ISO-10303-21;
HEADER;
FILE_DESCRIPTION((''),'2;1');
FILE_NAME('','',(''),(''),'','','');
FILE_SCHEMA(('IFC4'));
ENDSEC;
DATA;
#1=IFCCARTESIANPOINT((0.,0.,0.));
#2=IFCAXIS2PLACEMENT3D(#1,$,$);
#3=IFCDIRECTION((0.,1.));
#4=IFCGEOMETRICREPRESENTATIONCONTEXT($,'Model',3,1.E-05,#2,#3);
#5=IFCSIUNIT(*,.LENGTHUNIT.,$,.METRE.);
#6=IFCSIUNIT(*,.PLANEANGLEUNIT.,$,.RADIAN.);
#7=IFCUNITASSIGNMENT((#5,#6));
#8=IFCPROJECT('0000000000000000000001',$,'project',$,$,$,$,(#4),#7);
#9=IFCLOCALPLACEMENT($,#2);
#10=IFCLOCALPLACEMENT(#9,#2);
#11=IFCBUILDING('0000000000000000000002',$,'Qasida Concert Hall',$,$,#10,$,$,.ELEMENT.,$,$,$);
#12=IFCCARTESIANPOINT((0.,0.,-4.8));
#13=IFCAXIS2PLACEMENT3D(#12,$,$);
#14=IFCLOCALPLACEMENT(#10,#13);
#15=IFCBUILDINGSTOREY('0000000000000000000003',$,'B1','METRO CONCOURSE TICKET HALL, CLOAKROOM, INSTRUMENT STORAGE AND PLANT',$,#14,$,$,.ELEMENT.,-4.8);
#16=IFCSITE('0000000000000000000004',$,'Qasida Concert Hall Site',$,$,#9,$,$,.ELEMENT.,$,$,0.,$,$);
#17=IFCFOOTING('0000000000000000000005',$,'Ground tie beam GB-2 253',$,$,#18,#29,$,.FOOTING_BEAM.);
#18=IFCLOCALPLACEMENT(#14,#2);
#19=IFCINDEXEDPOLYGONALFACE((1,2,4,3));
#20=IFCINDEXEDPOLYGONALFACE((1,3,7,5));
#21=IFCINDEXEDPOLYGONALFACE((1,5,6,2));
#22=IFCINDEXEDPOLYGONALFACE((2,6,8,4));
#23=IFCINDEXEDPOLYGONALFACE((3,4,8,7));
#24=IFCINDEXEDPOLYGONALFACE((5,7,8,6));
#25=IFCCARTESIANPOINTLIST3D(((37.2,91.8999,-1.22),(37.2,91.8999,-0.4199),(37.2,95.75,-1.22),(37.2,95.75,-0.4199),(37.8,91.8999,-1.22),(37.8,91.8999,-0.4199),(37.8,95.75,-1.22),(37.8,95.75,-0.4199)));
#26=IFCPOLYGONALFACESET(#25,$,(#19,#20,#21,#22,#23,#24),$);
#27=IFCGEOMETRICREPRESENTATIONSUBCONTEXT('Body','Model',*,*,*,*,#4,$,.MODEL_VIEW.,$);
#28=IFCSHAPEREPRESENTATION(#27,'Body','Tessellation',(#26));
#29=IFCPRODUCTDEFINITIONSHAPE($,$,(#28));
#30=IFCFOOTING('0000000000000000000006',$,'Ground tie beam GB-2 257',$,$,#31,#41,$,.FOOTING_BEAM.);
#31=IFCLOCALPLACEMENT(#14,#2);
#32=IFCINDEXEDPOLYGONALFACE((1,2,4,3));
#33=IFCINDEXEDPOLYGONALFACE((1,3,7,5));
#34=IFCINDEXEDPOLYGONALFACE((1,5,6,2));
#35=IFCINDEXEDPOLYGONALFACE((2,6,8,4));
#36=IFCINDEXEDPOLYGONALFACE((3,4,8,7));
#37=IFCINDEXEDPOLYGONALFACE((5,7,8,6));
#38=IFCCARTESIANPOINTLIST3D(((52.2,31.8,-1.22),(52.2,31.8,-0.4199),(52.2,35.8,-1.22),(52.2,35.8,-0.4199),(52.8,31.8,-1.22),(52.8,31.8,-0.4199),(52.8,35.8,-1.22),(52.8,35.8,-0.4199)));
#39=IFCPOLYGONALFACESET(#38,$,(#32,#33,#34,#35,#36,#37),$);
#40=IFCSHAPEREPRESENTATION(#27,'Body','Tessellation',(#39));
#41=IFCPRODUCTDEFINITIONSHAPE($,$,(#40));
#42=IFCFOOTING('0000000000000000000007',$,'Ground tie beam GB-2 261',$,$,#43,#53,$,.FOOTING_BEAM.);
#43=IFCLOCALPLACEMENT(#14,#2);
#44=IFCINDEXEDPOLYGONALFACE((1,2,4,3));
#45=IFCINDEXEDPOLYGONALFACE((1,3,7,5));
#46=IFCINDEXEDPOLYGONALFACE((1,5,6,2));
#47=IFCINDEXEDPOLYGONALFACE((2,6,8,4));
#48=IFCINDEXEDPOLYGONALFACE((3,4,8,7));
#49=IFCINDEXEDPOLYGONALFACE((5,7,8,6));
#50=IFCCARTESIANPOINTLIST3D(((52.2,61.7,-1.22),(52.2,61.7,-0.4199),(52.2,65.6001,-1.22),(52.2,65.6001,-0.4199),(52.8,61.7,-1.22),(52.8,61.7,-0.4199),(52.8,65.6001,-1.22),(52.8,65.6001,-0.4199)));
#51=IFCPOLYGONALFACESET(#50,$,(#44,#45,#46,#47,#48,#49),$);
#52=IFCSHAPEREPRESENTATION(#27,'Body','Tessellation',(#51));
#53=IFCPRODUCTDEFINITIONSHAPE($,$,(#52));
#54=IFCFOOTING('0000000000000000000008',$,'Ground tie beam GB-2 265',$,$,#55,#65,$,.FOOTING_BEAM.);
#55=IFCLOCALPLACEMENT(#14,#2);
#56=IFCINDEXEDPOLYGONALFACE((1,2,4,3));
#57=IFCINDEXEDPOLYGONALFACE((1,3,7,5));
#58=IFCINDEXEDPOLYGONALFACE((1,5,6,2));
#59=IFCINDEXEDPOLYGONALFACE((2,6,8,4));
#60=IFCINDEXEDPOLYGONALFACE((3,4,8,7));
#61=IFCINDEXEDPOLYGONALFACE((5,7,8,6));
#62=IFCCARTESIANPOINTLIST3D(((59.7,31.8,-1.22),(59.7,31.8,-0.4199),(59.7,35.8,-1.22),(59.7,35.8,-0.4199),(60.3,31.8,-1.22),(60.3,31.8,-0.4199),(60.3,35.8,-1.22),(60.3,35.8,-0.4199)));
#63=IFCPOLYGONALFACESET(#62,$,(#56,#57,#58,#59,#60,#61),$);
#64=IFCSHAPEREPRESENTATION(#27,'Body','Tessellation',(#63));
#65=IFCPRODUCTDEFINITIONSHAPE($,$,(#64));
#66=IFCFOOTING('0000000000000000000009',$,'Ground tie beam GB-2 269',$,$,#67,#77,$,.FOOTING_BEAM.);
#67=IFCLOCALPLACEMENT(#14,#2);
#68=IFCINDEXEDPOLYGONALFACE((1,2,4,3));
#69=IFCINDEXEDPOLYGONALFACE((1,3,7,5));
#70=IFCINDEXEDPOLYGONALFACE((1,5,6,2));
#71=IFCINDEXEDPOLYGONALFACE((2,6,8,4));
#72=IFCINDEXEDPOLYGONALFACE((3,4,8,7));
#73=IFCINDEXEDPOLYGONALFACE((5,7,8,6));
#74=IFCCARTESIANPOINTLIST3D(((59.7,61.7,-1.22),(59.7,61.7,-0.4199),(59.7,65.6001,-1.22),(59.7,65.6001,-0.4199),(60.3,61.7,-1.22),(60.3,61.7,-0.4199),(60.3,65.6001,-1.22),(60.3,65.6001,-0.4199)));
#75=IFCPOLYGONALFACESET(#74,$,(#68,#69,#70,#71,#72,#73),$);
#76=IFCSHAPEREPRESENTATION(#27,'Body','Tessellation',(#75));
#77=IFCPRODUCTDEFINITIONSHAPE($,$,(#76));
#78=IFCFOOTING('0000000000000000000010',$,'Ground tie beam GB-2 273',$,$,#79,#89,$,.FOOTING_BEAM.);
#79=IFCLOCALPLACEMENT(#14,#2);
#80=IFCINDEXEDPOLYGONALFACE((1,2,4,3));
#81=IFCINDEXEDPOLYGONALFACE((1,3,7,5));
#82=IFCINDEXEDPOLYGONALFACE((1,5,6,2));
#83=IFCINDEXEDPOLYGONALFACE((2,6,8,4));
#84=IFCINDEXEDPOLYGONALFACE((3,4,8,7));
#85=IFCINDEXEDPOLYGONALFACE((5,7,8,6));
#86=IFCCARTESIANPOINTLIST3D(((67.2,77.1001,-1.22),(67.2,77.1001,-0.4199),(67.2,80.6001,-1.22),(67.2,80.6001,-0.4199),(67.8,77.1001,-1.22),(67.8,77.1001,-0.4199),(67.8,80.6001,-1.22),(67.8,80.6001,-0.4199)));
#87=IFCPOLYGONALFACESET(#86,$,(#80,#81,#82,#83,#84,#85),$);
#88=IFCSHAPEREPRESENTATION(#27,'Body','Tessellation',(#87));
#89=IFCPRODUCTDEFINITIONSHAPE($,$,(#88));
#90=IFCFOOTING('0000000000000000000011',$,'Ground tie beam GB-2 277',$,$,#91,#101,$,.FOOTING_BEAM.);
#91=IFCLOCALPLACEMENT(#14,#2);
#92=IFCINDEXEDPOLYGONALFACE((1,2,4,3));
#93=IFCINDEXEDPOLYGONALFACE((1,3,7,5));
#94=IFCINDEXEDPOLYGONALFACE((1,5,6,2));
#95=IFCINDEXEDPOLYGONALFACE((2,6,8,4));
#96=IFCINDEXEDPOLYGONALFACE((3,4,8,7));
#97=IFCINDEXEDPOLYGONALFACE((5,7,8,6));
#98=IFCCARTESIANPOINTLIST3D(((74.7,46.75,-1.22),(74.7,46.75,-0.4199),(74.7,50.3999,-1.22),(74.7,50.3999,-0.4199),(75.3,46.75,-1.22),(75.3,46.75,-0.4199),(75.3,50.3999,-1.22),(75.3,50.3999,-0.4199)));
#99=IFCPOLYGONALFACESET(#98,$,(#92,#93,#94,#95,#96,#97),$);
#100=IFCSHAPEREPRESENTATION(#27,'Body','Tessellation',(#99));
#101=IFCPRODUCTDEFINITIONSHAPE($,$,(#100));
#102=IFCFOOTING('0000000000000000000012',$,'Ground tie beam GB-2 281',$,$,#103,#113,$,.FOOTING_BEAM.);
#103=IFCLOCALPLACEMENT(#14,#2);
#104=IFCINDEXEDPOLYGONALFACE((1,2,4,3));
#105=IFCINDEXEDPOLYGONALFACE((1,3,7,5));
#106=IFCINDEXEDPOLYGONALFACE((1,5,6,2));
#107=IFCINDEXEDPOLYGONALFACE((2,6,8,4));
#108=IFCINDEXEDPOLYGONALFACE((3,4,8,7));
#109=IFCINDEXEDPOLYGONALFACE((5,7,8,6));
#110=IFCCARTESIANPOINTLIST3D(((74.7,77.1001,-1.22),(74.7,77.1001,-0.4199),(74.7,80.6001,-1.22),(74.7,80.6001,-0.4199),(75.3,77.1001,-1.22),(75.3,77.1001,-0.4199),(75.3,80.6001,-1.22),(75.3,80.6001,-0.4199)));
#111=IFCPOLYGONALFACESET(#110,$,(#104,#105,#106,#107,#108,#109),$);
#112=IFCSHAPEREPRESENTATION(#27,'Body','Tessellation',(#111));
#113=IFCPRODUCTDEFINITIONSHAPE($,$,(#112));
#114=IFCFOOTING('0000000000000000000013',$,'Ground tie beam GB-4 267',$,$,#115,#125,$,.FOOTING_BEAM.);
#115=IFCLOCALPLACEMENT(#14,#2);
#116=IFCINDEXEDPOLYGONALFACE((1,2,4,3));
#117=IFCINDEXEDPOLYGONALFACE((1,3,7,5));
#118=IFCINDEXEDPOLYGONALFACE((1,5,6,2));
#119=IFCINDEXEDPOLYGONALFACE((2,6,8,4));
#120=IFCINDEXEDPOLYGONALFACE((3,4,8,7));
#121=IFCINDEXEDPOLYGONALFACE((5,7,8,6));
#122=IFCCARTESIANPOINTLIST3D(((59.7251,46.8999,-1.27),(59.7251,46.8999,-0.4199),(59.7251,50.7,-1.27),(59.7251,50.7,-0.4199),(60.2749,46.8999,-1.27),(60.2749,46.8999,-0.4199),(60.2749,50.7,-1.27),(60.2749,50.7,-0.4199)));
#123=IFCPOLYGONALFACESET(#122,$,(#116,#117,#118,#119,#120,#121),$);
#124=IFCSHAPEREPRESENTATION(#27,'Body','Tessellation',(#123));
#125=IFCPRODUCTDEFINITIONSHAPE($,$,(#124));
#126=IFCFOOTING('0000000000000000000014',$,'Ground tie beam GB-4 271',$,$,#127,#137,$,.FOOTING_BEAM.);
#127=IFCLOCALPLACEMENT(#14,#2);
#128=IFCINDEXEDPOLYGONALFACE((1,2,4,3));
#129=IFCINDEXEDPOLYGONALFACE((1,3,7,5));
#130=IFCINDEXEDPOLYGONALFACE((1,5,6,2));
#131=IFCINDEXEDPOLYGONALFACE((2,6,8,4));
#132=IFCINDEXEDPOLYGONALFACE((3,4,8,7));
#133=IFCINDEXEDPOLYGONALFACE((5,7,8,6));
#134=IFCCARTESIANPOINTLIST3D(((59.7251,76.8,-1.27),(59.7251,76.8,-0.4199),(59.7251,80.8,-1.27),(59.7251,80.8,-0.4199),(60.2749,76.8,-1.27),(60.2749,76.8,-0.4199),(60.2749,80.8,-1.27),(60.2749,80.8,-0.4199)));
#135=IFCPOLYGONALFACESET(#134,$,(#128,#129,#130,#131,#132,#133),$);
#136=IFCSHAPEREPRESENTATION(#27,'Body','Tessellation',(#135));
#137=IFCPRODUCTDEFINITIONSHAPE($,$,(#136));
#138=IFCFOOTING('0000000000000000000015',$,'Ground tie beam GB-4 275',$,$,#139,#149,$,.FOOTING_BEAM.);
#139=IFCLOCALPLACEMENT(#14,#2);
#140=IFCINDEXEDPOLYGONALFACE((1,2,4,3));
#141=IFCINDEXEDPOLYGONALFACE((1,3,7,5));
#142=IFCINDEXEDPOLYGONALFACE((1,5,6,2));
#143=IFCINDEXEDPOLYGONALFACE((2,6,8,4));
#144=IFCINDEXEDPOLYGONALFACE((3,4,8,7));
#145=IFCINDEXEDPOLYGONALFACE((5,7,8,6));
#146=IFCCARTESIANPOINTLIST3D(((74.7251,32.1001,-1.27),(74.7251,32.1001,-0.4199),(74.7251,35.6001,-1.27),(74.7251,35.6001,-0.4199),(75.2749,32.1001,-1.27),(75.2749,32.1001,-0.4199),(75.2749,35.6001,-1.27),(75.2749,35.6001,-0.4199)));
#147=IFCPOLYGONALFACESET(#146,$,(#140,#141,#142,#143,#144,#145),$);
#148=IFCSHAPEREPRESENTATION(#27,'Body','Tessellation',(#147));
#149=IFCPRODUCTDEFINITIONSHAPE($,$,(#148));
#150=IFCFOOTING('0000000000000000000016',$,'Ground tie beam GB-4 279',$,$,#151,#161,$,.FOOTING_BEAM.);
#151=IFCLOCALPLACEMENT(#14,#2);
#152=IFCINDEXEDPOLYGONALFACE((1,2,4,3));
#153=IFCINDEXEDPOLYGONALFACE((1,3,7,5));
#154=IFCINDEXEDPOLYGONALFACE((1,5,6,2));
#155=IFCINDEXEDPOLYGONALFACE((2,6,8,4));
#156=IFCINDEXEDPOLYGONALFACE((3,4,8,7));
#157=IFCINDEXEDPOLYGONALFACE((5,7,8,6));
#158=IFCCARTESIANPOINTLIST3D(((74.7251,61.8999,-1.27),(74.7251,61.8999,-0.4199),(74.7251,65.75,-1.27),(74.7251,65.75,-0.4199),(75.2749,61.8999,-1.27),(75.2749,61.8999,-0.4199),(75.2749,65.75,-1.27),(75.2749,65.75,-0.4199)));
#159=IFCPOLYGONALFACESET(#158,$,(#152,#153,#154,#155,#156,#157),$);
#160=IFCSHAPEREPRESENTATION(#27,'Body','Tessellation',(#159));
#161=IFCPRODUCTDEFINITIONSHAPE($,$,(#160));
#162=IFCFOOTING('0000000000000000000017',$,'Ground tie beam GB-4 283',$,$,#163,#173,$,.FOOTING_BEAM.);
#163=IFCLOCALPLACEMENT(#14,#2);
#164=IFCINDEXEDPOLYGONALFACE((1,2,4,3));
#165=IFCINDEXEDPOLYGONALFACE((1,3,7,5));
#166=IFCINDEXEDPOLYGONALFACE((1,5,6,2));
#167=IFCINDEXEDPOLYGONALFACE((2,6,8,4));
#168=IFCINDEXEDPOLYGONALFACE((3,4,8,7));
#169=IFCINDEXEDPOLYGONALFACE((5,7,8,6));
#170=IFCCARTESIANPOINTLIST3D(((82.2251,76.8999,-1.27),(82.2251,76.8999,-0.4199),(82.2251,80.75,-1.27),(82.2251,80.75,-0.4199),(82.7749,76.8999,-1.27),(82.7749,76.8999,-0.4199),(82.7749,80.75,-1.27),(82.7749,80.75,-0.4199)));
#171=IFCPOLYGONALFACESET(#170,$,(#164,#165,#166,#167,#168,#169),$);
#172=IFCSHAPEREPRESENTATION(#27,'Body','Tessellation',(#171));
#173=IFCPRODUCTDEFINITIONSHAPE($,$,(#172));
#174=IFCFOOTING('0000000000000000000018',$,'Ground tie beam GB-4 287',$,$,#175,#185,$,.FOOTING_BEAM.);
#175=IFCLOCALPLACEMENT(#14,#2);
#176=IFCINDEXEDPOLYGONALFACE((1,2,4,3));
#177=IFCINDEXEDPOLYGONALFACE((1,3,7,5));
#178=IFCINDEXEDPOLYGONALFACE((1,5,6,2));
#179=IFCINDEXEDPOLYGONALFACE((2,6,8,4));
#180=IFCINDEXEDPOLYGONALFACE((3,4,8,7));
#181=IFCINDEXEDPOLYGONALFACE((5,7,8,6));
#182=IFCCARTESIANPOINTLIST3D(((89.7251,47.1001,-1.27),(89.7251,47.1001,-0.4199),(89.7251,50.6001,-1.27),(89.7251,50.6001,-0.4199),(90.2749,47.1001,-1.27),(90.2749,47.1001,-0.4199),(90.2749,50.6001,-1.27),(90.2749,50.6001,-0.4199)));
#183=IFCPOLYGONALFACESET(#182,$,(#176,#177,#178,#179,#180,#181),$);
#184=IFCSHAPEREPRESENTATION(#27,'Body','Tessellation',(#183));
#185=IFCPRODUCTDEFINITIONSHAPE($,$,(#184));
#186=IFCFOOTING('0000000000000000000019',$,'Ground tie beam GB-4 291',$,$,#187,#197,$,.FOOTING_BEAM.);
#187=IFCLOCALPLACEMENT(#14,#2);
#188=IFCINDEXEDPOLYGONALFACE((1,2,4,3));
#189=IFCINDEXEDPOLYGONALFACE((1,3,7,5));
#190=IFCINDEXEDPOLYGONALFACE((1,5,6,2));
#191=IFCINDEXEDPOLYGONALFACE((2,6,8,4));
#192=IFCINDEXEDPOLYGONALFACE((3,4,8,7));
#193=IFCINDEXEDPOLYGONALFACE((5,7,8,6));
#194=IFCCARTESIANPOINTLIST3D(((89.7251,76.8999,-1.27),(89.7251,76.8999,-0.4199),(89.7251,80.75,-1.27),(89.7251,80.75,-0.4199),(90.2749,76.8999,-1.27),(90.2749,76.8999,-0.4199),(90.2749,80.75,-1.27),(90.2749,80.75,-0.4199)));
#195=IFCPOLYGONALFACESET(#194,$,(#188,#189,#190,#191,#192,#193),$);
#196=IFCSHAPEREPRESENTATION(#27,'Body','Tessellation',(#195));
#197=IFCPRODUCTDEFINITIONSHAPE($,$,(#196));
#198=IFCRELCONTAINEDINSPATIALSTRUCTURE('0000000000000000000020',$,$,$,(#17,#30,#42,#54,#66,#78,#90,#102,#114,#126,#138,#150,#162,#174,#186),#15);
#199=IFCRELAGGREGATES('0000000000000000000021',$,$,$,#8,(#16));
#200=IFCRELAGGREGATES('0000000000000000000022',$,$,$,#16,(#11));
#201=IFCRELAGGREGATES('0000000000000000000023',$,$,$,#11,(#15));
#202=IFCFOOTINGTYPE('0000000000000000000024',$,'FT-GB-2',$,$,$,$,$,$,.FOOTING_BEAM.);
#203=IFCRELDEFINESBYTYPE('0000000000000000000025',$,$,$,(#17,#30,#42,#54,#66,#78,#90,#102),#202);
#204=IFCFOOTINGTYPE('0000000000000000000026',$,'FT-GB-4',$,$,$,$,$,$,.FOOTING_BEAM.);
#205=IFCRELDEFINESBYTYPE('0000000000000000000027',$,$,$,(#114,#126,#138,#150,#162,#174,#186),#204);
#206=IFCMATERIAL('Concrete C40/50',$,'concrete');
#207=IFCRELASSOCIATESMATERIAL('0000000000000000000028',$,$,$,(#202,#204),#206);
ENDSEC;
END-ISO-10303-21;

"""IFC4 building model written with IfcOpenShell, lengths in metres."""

from ifc_helpers import new_model, si_unit, direction, frame, origin, place, context, subcontext, project, spatial, polyline, outline, extrude, material, type_object, element, save


model = new_model("IFC4")

# Units and contexts
model_context = context("Model", 3, precision=1e-05, world=origin(), true_north=direction((0.0, 1.0)))
body_context = subcontext(model_context, "Body", "Model", "MODEL_VIEW")
ifc_project = project(units=[si_unit("LENGTHUNIT", "METRE"), si_unit("PLANEANGLEUNIT", "RADIAN")], contexts=[model_context])

# Site, building, storey
site_placement = place(None, origin())
site = spatial("IfcSite", under=ifc_project, at=site_placement, Name="Qasida Concert Hall Site", CompositionType="ELEMENT", RefElevation=0.0)
building_placement = place(site_placement, origin())
building = spatial("IfcBuilding", under=site, at=building_placement, Name="Qasida Concert Hall", CompositionType="ELEMENT")
storey_placement = place(building_placement, frame((0.0, 0.0, -4.8)))
storey = spatial("IfcBuildingStorey", under=building, at=storey_placement, Name="B1", Description="METRO CONCOURSE TICKET HALL, CLOAKROOM, INSTRUMENT STORAGE AND PLANT", CompositionType="ELEMENT", Elevation=-4.8)

# Footings
ifc_material = material(Name="Concrete C40/50", Category="concrete")
footing_type_1 = type_object("IfcFootingType", Name="FT-GB-2", PredefinedType="FOOTING_BEAM", material=ifc_material)
footing_1_placement = place(storey_placement, frame((0.0, 0.0, -1.22)))
element("IfcFooting", 1, at=footing_1_placement, inside=storey, type_object=footing_type_1, Name="Ground tie beam GB-2 253", PredefinedType="FOOTING_BEAM", context=body_context, shape_type="SweptSolid", body=[
    extrude(outline(polyline([(37.2, 91.8999), (37.8, 91.8999), (37.8, 95.75), (37.2, 95.75), (37.2, 91.8999)])), origin(), (0.0, 0.0, 1.0), 0.8),
])
footing_2_placement = place(storey_placement, frame((0.0, 0.0, -1.22)))
element("IfcFooting", 2, at=footing_2_placement, inside=storey, type_object=footing_type_1, Name="Ground tie beam GB-2 257", PredefinedType="FOOTING_BEAM", context=body_context, shape_type="SweptSolid", body=[
    extrude(outline(polyline([(52.2, 31.8), (52.8, 31.8), (52.8, 35.8), (52.2, 35.8), (52.2, 31.8)])), origin(), (0.0, 0.0, 1.0), 0.8),
])
footing_3_placement = place(storey_placement, frame((0.0, 0.0, -1.22)))
element("IfcFooting", 3, at=footing_3_placement, inside=storey, type_object=footing_type_1, Name="Ground tie beam GB-2 261", PredefinedType="FOOTING_BEAM", context=body_context, shape_type="SweptSolid", body=[
    extrude(outline(polyline([(52.2, 61.7), (52.8, 61.7), (52.8, 65.6001), (52.2, 65.6001), (52.2, 61.7)])), origin(), (0.0, 0.0, 1.0), 0.8),
])
footing_4_placement = place(storey_placement, frame((0.0, 0.0, -1.22)))
element("IfcFooting", 4, at=footing_4_placement, inside=storey, type_object=footing_type_1, Name="Ground tie beam GB-2 265", PredefinedType="FOOTING_BEAM", context=body_context, shape_type="SweptSolid", body=[
    extrude(outline(polyline([(59.7, 31.8), (60.3, 31.8), (60.3, 35.8), (59.7, 35.8), (59.7, 31.8)])), origin(), (0.0, 0.0, 1.0), 0.8),
])
footing_5_placement = place(storey_placement, frame((0.0, 0.0, -1.22)))
element("IfcFooting", 5, at=footing_5_placement, inside=storey, type_object=footing_type_1, Name="Ground tie beam GB-2 269", PredefinedType="FOOTING_BEAM", context=body_context, shape_type="SweptSolid", body=[
    extrude(outline(polyline([(59.7, 61.7), (60.3, 61.7), (60.3, 65.6001), (59.7, 65.6001), (59.7, 61.7)])), origin(), (0.0, 0.0, 1.0), 0.8),
])
footing_6_placement = place(storey_placement, frame((0.0, 0.0, -1.22)))
element("IfcFooting", 6, at=footing_6_placement, inside=storey, type_object=footing_type_1, Name="Ground tie beam GB-2 273", PredefinedType="FOOTING_BEAM", context=body_context, shape_type="SweptSolid", body=[
    extrude(outline(polyline([(67.2, 77.1001), (67.8, 77.1001), (67.8, 80.6001), (67.2, 80.6001), (67.2, 77.1001)])), origin(), (0.0, 0.0, 1.0), 0.8),
])
footing_7_placement = place(storey_placement, frame((0.0, 0.0, -1.22)))
element("IfcFooting", 7, at=footing_7_placement, inside=storey, type_object=footing_type_1, Name="Ground tie beam GB-2 277", PredefinedType="FOOTING_BEAM", context=body_context, shape_type="SweptSolid", body=[
    extrude(outline(polyline([(74.7, 46.75), (75.3, 46.75), (75.3, 50.3999), (74.7, 50.3999), (74.7, 46.75)])), origin(), (0.0, 0.0, 1.0), 0.8),
])
footing_8_placement = place(storey_placement, frame((0.0, 0.0, -1.22)))
element("IfcFooting", 8, at=footing_8_placement, inside=storey, type_object=footing_type_1, Name="Ground tie beam GB-2 281", PredefinedType="FOOTING_BEAM", context=body_context, shape_type="SweptSolid", body=[
    extrude(outline(polyline([(74.7, 77.1001), (75.3, 77.1001), (75.3, 80.6001), (74.7, 80.6001), (74.7, 77.1001)])), origin(), (0.0, 0.0, 1.0), 0.8),
])
footing_type_2 = type_object("IfcFootingType", Name="FT-GB-4", PredefinedType="FOOTING_BEAM", material=ifc_material)
footing_9_placement = place(storey_placement, frame((0.0, 0.0, -1.27)))
element("IfcFooting", 9, at=footing_9_placement, inside=storey, type_object=footing_type_2, Name="Ground tie beam GB-4 267", PredefinedType="FOOTING_BEAM", context=body_context, shape_type="SweptSolid", body=[
    extrude(outline(polyline([(59.7251, 46.8999), (60.2749, 46.8999), (60.2749, 50.7), (59.7251, 50.7), (59.7251, 46.8999)])), origin(), (0.0, 0.0, 1.0), 0.8501),
])
footing_10_placement = place(storey_placement, frame((0.0, 0.0, -1.27)))
element("IfcFooting", 10, at=footing_10_placement, inside=storey, type_object=footing_type_2, Name="Ground tie beam GB-4 271", PredefinedType="FOOTING_BEAM", context=body_context, shape_type="SweptSolid", body=[
    extrude(outline(polyline([(59.7251, 76.8), (60.2749, 76.8), (60.2749, 80.8), (59.7251, 80.8), (59.7251, 76.8)])), origin(), (0.0, 0.0, 1.0), 0.8501),
])
footing_11_placement = place(storey_placement, frame((0.0, 0.0, -1.27)))
element("IfcFooting", 11, at=footing_11_placement, inside=storey, type_object=footing_type_2, Name="Ground tie beam GB-4 275", PredefinedType="FOOTING_BEAM", context=body_context, shape_type="SweptSolid", body=[
    extrude(outline(polyline([(74.7251, 32.1001), (75.2749, 32.1001), (75.2749, 35.6001), (74.7251, 35.6001), (74.7251, 32.1001)])), origin(), (0.0, 0.0, 1.0), 0.8501),
])
footing_12_placement = place(storey_placement, frame((0.0, 0.0, -1.27)))
element("IfcFooting", 12, at=footing_12_placement, inside=storey, type_object=footing_type_2, Name="Ground tie beam GB-4 279", PredefinedType="FOOTING_BEAM", context=body_context, shape_type="SweptSolid", body=[
    extrude(outline(polyline([(74.7251, 61.8999), (75.2749, 61.8999), (75.2749, 65.75), (74.7251, 65.75), (74.7251, 61.8999)])), origin(), (0.0, 0.0, 1.0), 0.8501),
])
footing_13_placement = place(storey_placement, frame((0.0, 0.0, -1.27)))
element("IfcFooting", 13, at=footing_13_placement, inside=storey, type_object=footing_type_2, Name="Ground tie beam GB-4 283", PredefinedType="FOOTING_BEAM", context=body_context, shape_type="SweptSolid", body=[
    extrude(outline(polyline([(82.2251, 76.8999), (82.7749, 76.8999), (82.7749, 80.75), (82.2251, 80.75), (82.2251, 76.8999)])), origin(), (0.0, 0.0, 1.0), 0.8501),
])
footing_14_placement = place(storey_placement, frame((0.0, 0.0, -1.27)))
element("IfcFooting", 14, at=footing_14_placement, inside=storey, type_object=footing_type_2, Name="Ground tie beam GB-4 287", PredefinedType="FOOTING_BEAM", context=body_context, shape_type="SweptSolid", body=[
    extrude(outline(polyline([(89.7251, 47.1001), (90.2749, 47.1001), (90.2749, 50.6001), (89.7251, 50.6001), (89.7251, 47.1001)])), origin(), (0.0, 0.0, 1.0), 0.8501),
])
footing_15_placement = place(storey_placement, frame((0.0, 0.0, -1.27)))
element("IfcFooting", 15, at=footing_15_placement, inside=storey, type_object=footing_type_2, Name="Ground tie beam GB-4 291", PredefinedType="FOOTING_BEAM", context=body_context, shape_type="SweptSolid", body=[
    extrude(outline(polyline([(89.7251, 76.8999), (90.2749, 76.8999), (90.2749, 80.75), (89.7251, 80.75), (89.7251, 76.8999)])), origin(), (0.0, 0.0, 1.0), 0.8501),
])

save(model, "model.ifc")
